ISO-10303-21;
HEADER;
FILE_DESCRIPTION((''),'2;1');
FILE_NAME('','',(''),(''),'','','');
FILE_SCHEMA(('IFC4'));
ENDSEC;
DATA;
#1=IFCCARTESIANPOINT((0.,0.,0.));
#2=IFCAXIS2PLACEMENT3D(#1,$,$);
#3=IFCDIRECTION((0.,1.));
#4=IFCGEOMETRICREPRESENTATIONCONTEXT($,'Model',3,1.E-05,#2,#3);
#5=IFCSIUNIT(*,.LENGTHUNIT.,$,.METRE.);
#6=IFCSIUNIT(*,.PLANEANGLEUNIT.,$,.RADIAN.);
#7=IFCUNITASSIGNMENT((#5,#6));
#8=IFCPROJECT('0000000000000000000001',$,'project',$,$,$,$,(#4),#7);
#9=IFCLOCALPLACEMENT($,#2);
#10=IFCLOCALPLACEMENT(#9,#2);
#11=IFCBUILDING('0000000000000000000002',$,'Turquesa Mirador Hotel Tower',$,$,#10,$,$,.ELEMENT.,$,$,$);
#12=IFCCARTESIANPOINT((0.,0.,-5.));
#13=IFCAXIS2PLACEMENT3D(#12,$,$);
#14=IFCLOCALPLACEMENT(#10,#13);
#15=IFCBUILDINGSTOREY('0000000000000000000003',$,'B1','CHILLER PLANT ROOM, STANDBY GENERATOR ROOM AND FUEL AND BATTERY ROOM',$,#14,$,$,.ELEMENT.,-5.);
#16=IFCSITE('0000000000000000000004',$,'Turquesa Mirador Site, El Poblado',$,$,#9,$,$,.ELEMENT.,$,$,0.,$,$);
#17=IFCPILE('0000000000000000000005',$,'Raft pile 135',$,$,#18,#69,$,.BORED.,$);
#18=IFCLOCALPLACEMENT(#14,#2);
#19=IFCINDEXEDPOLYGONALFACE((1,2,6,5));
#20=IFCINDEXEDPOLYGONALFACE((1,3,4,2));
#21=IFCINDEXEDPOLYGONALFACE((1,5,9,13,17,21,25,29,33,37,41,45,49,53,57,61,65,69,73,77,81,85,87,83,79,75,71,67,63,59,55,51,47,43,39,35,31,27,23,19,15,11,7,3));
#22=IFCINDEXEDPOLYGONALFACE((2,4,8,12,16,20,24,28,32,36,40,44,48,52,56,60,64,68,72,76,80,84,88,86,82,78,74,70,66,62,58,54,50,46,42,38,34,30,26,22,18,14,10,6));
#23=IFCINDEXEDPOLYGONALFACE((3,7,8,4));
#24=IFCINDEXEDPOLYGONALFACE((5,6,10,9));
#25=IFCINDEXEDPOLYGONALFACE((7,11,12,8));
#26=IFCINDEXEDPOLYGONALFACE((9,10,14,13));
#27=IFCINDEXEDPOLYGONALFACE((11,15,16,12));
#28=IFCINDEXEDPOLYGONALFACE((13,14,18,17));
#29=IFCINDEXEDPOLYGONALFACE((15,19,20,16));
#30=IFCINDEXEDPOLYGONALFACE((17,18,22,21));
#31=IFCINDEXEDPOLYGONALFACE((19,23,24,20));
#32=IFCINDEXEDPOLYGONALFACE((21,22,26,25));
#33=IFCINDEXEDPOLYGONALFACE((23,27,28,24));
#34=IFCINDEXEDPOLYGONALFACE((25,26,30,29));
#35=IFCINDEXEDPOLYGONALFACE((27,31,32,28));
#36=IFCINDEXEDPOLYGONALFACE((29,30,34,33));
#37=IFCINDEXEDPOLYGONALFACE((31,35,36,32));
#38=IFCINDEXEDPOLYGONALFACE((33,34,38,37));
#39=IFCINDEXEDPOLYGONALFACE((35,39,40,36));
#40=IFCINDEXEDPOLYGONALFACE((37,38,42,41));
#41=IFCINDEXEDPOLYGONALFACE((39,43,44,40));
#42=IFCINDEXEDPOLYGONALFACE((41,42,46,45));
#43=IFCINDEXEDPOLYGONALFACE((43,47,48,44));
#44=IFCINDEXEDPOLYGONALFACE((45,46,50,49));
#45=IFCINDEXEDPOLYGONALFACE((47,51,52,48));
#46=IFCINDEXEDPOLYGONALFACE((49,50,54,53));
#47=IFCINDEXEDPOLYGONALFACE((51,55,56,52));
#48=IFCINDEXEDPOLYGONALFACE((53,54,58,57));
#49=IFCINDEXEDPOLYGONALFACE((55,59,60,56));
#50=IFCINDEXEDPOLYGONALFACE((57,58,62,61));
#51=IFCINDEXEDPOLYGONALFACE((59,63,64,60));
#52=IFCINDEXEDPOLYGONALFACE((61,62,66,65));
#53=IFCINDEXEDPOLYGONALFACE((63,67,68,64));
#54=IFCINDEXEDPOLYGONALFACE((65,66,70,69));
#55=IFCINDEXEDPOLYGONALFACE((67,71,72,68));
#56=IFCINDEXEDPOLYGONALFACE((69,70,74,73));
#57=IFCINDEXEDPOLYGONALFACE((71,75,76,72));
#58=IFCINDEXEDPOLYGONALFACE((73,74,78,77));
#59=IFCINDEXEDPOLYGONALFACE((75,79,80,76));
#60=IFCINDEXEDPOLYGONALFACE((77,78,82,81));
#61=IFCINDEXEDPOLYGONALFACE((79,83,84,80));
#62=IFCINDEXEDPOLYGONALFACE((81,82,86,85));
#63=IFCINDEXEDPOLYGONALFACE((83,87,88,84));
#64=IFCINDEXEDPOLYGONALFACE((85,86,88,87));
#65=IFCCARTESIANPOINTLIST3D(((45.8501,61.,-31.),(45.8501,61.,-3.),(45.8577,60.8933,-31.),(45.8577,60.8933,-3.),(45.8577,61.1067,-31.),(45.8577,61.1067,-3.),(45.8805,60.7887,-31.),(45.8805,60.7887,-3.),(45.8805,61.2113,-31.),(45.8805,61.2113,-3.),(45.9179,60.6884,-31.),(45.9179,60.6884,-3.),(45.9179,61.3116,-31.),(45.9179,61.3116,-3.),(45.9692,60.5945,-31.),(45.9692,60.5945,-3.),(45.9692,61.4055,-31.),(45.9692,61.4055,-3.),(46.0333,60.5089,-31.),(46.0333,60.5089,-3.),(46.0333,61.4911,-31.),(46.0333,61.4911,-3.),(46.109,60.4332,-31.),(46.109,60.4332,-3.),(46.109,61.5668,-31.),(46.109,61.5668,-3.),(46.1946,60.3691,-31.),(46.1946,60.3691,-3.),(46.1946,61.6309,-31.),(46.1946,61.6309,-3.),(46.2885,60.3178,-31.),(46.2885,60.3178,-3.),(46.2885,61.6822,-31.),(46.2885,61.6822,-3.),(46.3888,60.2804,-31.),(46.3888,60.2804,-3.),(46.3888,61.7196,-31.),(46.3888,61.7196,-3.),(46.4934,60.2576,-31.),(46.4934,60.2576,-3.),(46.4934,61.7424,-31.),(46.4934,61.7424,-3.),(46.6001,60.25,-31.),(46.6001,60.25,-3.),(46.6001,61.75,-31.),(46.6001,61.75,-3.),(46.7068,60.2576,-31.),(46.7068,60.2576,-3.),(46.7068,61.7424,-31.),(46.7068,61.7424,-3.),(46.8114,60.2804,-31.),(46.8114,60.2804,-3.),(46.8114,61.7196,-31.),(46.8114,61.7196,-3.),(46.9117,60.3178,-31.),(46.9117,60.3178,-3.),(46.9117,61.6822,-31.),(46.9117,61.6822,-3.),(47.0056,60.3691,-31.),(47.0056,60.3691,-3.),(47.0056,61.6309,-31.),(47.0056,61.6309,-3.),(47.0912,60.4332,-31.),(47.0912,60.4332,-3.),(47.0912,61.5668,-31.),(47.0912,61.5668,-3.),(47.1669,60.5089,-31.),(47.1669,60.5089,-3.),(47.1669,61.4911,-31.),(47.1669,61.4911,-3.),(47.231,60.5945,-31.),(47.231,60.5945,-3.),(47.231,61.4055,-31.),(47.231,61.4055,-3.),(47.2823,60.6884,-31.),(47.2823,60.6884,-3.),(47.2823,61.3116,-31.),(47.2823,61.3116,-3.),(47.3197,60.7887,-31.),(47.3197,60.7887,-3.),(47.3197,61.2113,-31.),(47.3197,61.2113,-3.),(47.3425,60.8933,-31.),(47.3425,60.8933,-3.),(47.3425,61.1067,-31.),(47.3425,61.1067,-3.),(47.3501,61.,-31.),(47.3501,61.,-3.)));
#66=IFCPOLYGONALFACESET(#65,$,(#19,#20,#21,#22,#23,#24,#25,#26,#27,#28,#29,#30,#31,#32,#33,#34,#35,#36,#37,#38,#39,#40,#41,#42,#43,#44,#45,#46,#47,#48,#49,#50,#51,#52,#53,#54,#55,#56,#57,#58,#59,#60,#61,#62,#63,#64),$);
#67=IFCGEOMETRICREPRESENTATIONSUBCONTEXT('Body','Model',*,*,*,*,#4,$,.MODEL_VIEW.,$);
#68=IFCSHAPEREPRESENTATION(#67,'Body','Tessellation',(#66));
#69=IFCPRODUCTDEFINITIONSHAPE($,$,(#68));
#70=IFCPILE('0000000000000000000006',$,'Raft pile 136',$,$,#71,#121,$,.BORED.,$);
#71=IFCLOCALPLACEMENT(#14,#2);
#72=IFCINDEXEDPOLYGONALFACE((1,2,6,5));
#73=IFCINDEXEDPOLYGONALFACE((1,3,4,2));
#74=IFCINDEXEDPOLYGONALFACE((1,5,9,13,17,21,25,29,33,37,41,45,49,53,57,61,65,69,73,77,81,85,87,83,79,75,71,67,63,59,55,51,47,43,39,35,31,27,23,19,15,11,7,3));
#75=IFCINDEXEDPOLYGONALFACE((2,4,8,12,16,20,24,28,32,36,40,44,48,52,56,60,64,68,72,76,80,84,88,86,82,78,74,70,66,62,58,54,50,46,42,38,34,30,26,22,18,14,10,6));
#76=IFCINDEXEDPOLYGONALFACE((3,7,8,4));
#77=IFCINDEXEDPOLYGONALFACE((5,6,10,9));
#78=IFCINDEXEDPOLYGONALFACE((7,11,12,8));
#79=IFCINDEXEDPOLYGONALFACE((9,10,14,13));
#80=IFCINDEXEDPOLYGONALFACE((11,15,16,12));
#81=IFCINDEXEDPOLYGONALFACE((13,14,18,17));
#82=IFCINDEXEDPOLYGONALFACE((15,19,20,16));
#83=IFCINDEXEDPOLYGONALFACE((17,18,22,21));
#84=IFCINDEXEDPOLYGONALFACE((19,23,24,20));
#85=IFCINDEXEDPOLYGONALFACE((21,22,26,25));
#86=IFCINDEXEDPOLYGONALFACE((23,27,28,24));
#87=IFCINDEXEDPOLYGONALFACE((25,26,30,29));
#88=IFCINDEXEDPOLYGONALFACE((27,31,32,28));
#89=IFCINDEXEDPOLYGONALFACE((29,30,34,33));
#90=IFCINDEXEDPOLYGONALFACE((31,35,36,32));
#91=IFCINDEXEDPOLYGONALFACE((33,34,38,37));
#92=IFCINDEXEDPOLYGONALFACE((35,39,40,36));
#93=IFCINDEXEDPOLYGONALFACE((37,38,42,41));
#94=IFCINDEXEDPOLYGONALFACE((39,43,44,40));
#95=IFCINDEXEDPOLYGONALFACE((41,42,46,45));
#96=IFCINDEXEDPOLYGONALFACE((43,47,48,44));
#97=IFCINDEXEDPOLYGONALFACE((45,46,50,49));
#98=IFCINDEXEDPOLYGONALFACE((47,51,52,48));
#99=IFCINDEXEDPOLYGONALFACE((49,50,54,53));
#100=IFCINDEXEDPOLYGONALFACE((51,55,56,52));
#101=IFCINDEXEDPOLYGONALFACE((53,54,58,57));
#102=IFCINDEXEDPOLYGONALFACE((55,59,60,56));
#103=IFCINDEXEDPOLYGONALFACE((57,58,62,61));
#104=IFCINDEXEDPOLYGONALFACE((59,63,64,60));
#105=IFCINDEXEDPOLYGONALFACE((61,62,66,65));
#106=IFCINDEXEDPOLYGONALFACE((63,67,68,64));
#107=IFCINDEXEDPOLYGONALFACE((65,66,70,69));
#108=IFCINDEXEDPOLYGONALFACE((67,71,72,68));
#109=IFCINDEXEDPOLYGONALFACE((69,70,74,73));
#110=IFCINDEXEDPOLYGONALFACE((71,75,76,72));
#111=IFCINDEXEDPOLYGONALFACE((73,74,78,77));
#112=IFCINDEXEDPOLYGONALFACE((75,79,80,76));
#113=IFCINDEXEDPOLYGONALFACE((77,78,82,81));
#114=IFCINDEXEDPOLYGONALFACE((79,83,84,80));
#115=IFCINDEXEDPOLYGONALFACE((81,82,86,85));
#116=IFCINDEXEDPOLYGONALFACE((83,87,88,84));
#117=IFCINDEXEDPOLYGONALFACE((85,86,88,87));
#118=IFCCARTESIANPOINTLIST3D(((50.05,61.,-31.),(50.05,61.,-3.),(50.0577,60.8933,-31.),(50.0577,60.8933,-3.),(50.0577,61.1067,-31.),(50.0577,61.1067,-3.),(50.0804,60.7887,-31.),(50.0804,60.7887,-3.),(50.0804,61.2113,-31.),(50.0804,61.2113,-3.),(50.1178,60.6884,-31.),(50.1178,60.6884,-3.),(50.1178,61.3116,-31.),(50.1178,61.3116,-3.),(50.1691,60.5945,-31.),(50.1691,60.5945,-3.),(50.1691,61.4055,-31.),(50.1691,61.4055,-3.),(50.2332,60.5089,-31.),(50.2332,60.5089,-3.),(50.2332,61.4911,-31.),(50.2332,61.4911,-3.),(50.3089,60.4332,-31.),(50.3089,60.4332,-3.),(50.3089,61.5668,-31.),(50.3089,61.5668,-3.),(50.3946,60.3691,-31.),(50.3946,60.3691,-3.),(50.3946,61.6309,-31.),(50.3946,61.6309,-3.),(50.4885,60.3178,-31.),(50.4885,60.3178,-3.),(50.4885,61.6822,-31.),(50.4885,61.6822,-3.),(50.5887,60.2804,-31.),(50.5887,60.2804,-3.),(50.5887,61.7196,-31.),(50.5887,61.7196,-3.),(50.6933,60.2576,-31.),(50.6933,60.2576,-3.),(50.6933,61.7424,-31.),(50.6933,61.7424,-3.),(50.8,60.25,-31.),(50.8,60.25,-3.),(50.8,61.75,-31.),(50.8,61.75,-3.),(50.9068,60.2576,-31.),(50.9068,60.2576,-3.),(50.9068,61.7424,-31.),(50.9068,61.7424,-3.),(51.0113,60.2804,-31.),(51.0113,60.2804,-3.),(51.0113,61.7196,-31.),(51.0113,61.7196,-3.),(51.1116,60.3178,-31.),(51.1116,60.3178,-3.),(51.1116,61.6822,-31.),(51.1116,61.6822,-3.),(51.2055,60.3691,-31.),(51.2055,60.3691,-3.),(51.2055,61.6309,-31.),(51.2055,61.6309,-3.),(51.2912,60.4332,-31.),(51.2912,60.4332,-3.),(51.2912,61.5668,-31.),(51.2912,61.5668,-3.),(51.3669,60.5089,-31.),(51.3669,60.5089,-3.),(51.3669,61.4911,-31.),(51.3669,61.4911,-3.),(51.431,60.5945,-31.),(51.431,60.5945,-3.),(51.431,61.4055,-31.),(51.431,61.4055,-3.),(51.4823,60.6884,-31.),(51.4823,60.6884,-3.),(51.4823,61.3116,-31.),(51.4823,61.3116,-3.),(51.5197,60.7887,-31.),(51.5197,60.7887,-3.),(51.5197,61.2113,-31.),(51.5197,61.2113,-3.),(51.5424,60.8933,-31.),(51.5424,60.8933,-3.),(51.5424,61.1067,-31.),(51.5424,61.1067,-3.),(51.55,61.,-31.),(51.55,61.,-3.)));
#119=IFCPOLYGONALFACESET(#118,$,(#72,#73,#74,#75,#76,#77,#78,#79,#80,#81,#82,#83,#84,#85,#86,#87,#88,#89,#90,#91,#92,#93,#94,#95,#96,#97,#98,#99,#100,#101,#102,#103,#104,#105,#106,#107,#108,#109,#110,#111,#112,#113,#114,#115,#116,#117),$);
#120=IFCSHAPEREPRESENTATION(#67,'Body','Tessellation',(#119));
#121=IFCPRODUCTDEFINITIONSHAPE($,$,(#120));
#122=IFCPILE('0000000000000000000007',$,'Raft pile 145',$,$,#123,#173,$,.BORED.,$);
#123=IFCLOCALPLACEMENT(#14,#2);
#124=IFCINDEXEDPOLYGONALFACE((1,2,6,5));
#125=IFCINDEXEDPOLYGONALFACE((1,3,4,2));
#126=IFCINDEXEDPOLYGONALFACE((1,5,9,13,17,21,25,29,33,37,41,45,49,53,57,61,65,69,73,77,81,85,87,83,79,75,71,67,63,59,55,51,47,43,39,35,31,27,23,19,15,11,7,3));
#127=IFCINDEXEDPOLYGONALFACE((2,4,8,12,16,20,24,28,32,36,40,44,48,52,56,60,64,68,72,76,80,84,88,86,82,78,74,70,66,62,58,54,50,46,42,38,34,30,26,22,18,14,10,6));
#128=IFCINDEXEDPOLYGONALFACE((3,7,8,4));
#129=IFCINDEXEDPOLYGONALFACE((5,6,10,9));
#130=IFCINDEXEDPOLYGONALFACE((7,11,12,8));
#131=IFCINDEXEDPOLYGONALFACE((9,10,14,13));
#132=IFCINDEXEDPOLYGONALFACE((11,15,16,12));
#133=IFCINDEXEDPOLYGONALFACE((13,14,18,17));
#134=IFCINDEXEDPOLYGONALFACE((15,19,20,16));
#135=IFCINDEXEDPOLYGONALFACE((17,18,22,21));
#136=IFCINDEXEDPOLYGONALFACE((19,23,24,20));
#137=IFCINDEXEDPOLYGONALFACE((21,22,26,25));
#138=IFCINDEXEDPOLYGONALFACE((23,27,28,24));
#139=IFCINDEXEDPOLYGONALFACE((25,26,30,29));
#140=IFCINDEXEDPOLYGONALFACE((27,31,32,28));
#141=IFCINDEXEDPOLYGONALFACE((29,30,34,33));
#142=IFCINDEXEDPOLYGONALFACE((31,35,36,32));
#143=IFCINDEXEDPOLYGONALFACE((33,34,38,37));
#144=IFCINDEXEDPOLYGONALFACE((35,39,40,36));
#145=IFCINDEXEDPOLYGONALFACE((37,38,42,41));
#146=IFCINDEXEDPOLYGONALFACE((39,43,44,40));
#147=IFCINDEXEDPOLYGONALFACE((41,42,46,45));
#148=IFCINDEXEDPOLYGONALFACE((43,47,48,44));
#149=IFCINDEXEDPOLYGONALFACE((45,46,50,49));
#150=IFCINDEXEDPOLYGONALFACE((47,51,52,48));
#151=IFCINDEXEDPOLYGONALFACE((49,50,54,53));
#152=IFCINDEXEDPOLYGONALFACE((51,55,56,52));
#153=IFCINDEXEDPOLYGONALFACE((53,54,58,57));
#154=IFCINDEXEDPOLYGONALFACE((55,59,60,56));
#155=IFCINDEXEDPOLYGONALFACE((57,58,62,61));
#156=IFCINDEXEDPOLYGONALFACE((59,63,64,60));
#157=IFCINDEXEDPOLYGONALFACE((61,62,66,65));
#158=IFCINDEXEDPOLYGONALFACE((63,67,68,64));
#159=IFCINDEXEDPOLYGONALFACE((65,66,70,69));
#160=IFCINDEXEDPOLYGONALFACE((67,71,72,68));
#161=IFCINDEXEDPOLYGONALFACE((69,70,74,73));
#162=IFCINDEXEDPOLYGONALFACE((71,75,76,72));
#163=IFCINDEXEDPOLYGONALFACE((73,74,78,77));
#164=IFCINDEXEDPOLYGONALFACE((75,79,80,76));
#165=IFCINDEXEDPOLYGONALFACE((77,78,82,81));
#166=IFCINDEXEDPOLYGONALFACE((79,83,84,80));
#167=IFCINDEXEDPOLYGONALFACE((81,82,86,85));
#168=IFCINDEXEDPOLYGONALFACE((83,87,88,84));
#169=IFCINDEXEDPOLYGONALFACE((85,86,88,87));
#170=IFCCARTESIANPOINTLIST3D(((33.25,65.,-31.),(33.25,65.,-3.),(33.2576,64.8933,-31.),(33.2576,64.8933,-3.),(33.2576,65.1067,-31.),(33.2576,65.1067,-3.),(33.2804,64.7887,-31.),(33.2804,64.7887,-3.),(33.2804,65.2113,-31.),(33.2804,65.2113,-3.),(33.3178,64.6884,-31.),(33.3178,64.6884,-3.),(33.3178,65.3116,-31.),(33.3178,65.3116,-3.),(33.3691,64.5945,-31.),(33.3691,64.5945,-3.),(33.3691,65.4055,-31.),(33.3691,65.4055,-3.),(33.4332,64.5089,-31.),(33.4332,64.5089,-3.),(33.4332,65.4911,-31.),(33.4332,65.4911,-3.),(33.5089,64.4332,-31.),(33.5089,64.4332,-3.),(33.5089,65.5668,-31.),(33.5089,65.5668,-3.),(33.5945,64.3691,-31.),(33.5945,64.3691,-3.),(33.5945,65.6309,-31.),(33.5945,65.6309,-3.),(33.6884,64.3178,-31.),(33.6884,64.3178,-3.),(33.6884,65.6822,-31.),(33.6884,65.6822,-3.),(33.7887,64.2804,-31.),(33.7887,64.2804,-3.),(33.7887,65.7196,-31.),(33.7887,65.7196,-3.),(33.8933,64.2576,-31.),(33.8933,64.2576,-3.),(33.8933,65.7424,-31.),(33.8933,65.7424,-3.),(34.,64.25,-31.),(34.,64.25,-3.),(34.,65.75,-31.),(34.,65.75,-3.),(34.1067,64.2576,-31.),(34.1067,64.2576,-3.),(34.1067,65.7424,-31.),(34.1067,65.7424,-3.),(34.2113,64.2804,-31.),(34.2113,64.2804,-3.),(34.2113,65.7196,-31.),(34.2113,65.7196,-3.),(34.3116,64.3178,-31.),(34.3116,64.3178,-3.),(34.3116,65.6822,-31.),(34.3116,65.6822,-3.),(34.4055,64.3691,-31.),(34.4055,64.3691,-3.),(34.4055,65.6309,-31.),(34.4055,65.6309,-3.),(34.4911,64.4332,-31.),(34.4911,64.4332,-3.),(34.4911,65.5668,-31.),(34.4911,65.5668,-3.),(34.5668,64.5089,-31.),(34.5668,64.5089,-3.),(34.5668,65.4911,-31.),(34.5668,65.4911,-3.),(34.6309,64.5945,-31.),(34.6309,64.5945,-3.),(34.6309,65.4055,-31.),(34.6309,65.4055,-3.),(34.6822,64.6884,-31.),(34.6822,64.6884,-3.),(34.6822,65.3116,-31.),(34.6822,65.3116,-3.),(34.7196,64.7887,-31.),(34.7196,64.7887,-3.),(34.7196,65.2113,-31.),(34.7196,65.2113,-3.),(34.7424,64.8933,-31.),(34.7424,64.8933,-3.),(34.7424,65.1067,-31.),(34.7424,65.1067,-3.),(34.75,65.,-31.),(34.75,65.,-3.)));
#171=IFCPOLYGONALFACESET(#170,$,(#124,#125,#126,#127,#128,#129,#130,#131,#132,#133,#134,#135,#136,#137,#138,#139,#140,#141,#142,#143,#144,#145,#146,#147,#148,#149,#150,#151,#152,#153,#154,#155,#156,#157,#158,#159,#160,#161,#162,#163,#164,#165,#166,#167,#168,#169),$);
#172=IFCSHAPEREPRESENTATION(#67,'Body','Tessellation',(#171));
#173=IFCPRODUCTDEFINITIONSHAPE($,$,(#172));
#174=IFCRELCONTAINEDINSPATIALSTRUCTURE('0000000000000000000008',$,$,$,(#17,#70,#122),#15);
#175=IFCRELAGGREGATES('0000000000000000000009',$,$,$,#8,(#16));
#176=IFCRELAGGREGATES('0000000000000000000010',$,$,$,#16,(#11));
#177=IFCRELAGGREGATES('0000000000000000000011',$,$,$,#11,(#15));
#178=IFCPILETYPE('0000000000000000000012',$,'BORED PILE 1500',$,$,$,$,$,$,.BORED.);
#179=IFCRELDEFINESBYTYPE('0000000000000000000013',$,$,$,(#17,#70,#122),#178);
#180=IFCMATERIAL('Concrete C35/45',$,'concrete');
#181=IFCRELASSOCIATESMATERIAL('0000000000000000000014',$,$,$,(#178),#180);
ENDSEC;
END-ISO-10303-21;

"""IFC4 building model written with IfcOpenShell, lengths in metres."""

from ifc_helpers import new_model, si_unit, direction, frame, origin, origin_2d, place, context, subcontext, project, spatial, circle, extrude, material, type_object, element, save


model = new_model("IFC4")

# Units and contexts
model_context = context("Model", 3, precision=1e-05, world=origin(), true_north=direction((0.0, 1.0)))
body_context = subcontext(model_context, "Body", "Model", "MODEL_VIEW")
ifc_project = project(units=[si_unit("LENGTHUNIT", "METRE"), si_unit("PLANEANGLEUNIT", "RADIAN")], contexts=[model_context])

# Site, building, storey
site_placement = place(None, origin())
site = spatial("IfcSite", under=ifc_project, at=site_placement, Name="Turquesa Mirador Site, El Poblado", CompositionType="ELEMENT", RefElevation=0.0)
building_placement = place(site_placement, origin())
building = spatial("IfcBuilding", under=site, at=building_placement, Name="Turquesa Mirador Hotel Tower", CompositionType="ELEMENT")
storey_placement = place(building_placement, frame((0.0, 0.0, -5.0)))
storey = spatial("IfcBuildingStorey", under=building, at=storey_placement, Name="B1", Description="CHILLER PLANT ROOM, STANDBY GENERATOR ROOM AND FUEL AND BATTERY ROOM", CompositionType="ELEMENT", Elevation=-5.0)

# Piles
ifc_material_1 = material(Name="Concrete C35/45", Category="concrete")
pile_type = type_object("IfcPileType", Name="BORED PILE 1500", PredefinedType="BORED", material=ifc_material_1)
for number, where, z_axis, x_axis, name in (
    (1, (46.6001, 61.0, -3.0), (0.0, 0.0, -1.0), (1.0, 0.0, 0.0), "Raft pile 135"),
    (2, (50.8, 61.0, -3.0), (0.0, 0.0, -1.0), (1.0, 0.0, 0.0), "Raft pile 136"),
    (3, (34.0, 65.0, -3.0), (0.0, 0.0, -1.0), (1.0, 0.0, 0.0), "Raft pile 145"),
):
    element("IfcPile", number, at=place(storey_placement, frame(where, z_axis=z_axis, x_axis=x_axis)), inside=storey, type_object=pile_type, Name=name, PredefinedType="BORED", context=body_context, shape_type="SweptSolid", body=[
        extrude(circle(Radius=0.75, at=origin_2d()), origin(), (0.0, 0.0, 1.0), 28.0),
    ])

save(model, "model.ifc")
